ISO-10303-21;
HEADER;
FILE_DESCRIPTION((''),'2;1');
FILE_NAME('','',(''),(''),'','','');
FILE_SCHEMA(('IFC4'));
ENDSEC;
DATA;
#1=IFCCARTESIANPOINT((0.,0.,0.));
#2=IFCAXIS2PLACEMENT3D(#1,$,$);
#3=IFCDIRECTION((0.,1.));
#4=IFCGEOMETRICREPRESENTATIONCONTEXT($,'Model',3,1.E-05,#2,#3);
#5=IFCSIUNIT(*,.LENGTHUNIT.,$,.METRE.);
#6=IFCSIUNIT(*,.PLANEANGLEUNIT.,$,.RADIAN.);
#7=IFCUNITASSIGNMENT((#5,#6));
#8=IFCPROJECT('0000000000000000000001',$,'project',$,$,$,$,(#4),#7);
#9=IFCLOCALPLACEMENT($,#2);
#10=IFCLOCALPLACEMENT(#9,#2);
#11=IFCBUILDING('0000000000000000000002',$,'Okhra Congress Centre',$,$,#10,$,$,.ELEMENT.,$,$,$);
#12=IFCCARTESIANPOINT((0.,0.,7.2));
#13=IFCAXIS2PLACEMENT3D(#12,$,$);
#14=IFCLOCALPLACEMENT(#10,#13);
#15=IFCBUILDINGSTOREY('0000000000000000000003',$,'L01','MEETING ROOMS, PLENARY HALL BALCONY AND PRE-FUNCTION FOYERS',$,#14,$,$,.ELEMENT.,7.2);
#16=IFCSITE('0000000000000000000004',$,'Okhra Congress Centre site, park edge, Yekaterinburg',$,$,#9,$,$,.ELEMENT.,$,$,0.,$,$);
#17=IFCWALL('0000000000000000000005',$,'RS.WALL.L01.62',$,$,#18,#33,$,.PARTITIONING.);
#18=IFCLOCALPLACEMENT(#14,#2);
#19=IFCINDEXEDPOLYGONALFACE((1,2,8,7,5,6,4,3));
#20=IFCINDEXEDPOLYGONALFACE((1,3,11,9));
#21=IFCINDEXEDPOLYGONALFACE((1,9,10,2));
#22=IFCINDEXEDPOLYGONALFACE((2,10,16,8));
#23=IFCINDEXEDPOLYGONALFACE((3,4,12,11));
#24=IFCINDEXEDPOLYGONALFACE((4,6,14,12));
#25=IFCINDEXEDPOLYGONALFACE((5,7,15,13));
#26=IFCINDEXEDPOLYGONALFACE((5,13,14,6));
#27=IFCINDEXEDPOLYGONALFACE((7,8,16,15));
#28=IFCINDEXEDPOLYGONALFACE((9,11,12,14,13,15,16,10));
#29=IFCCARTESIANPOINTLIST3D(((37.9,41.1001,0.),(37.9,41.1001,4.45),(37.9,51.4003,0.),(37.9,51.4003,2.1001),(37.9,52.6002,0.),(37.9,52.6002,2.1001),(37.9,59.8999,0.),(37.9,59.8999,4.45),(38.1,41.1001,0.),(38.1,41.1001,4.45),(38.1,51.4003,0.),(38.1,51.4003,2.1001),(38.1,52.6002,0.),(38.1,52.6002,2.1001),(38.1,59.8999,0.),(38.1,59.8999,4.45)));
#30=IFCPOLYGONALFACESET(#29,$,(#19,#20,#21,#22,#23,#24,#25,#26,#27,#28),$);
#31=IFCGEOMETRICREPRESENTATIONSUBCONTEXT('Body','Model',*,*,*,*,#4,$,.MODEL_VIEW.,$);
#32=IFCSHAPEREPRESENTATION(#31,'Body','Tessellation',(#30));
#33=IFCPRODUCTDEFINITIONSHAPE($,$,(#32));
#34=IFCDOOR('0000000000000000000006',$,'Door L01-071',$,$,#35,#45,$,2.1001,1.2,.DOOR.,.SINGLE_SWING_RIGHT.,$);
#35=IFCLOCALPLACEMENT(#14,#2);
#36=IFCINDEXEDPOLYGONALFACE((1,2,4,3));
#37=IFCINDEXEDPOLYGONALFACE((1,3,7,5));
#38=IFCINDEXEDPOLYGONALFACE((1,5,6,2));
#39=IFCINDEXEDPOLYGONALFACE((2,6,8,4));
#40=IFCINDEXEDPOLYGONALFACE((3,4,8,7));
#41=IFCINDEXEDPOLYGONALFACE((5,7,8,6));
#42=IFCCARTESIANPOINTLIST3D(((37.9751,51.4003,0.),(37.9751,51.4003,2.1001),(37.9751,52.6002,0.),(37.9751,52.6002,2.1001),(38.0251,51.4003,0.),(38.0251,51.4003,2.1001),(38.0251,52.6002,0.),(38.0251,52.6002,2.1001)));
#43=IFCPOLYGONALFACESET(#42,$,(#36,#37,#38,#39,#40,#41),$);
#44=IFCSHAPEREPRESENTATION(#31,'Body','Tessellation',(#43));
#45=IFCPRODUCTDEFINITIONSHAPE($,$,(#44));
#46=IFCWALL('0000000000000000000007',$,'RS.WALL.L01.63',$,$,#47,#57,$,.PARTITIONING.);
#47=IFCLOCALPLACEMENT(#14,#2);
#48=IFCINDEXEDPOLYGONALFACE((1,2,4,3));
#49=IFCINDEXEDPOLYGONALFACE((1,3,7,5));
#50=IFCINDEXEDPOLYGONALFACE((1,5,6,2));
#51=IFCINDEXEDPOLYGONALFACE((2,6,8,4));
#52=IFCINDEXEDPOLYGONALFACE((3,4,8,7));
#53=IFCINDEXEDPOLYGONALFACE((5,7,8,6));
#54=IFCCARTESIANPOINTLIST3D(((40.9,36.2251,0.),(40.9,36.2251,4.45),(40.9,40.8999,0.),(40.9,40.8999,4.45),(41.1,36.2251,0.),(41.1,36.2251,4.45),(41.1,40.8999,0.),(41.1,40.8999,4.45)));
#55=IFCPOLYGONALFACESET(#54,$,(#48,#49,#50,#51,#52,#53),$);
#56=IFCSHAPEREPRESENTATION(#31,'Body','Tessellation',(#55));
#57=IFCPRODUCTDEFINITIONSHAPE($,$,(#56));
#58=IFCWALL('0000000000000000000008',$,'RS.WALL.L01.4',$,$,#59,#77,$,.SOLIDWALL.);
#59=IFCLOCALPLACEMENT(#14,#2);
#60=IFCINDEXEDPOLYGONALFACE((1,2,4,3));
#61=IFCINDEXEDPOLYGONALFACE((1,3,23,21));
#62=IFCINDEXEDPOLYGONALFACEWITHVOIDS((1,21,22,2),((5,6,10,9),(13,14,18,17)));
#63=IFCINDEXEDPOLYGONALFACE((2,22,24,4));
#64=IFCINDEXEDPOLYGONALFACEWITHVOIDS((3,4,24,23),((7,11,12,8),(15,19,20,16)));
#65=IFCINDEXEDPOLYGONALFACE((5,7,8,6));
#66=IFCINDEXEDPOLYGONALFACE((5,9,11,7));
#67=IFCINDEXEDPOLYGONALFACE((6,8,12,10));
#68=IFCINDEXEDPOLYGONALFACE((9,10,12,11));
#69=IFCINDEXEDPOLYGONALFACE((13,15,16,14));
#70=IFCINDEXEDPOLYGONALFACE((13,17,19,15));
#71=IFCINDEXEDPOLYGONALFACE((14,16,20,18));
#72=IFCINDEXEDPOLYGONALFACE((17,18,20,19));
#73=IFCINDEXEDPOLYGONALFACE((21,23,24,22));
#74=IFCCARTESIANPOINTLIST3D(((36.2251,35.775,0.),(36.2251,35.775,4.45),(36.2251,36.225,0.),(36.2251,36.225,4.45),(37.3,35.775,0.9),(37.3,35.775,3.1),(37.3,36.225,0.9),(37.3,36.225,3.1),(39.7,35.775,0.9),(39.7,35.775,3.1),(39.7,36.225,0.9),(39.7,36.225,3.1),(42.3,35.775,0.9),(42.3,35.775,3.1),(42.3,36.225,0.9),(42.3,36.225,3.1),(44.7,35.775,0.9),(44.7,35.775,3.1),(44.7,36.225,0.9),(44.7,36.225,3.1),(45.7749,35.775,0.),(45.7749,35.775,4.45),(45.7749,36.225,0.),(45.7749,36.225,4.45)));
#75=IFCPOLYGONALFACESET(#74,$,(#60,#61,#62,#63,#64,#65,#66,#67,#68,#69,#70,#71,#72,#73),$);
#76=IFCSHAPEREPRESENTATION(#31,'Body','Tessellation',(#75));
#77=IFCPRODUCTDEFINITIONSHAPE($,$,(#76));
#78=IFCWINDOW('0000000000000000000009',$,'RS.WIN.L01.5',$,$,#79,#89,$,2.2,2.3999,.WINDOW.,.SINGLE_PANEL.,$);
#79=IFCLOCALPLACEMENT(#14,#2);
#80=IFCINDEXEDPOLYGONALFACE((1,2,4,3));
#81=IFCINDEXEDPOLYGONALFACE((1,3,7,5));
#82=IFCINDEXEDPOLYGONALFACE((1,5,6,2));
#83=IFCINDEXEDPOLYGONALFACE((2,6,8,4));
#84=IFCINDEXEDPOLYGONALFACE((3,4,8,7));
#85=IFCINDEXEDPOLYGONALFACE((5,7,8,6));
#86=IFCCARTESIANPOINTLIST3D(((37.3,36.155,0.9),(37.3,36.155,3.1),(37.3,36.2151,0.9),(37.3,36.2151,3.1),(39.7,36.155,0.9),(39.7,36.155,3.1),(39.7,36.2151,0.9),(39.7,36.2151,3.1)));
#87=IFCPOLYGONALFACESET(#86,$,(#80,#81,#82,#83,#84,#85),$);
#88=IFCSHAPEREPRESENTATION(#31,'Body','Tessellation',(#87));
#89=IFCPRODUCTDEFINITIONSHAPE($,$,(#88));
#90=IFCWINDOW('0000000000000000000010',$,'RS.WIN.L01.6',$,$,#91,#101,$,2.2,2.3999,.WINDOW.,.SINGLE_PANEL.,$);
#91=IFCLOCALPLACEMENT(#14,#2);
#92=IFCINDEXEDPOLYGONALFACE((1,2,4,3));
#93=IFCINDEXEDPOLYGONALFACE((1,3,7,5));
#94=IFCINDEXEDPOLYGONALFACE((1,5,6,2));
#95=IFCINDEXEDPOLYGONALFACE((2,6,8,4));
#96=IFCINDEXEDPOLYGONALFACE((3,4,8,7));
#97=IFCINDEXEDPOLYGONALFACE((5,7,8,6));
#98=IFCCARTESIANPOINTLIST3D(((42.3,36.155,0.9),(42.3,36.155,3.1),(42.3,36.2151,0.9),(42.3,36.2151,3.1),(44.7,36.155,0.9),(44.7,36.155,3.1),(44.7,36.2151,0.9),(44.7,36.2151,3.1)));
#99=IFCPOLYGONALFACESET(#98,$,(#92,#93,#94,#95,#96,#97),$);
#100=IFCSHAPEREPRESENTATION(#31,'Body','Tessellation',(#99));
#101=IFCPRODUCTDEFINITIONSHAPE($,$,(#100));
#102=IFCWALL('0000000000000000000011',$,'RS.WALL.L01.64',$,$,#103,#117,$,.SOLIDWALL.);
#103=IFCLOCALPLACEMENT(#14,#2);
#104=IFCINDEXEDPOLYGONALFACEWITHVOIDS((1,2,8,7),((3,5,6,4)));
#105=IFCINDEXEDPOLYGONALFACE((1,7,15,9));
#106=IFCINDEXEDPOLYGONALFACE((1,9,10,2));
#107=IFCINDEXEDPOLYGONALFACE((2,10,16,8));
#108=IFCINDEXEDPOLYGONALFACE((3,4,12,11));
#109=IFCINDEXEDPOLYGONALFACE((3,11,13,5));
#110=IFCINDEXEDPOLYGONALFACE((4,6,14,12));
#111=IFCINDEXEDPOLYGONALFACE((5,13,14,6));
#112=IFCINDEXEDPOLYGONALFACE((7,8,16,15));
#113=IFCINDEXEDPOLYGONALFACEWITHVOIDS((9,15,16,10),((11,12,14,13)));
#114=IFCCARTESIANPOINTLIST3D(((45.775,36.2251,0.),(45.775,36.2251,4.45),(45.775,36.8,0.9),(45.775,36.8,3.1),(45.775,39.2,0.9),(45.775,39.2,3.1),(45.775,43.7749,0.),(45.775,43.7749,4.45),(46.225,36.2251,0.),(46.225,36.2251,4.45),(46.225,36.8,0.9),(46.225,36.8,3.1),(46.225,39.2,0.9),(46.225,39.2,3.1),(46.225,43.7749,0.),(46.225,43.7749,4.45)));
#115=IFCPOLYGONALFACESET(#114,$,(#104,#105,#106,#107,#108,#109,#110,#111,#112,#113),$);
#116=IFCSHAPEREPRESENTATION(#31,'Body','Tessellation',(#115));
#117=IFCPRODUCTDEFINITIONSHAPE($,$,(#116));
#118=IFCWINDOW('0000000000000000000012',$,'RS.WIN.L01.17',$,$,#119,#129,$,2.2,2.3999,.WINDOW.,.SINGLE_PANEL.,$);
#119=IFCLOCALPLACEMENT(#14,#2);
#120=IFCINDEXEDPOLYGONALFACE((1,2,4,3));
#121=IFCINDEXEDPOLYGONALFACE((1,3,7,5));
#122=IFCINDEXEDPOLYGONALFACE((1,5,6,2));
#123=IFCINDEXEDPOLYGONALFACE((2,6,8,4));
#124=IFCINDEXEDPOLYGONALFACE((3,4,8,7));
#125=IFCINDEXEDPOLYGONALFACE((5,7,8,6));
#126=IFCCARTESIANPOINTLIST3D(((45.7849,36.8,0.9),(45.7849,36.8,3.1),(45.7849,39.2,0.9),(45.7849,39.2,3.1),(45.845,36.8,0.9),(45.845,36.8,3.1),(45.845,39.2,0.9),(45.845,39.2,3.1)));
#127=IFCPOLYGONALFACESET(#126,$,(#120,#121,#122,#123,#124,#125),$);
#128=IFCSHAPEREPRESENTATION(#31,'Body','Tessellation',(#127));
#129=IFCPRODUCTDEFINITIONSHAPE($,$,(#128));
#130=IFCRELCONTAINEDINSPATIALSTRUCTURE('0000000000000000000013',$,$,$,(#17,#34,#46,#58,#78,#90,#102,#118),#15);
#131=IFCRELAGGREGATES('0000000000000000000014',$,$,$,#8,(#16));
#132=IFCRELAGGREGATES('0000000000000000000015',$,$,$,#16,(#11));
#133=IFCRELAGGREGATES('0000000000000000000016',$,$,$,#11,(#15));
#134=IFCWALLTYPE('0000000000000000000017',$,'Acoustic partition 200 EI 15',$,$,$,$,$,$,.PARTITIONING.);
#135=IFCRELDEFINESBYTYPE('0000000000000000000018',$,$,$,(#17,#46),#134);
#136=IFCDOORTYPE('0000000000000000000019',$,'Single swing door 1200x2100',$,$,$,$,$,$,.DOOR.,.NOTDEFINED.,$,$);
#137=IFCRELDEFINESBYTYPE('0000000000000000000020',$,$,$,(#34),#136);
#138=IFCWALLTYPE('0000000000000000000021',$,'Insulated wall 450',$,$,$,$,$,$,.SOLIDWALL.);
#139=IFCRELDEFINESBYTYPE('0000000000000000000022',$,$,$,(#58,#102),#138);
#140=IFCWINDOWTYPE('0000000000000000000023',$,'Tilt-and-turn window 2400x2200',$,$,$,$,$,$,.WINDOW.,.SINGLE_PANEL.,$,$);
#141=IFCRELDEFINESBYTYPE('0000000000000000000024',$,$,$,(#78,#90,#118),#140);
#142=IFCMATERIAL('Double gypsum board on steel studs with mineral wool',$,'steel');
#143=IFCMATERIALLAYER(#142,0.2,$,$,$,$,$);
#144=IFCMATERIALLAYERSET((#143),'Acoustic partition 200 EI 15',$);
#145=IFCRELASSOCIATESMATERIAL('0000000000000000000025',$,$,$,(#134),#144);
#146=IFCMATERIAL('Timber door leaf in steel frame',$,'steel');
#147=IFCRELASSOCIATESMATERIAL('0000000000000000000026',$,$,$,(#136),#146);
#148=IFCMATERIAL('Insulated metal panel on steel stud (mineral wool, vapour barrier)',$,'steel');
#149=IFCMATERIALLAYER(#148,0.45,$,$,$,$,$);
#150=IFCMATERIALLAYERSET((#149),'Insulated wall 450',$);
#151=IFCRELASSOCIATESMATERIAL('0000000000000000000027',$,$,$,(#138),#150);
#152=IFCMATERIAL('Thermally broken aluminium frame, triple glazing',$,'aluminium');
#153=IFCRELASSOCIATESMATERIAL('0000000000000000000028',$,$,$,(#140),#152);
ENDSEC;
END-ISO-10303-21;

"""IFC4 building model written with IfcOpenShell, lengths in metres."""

from ifc_helpers import new_model, si_unit, direction, frame, frame_2d, origin, place, context, subcontext, project, spatial, rectangle, extrude, material, layer, layer_set, type_object, element, fill, save


model = new_model("IFC4")

# Units and contexts
model_context = context("Model", 3, precision=1e-05, world=origin(), true_north=direction((0.0, 1.0)))
body_context = subcontext(model_context, "Body", "Model", "MODEL_VIEW")
ifc_project = project(units=[si_unit("LENGTHUNIT", "METRE"), si_unit("PLANEANGLEUNIT", "RADIAN")], contexts=[model_context])

# Site, building, storey
site_placement = place(None, origin())
site = spatial("IfcSite", under=ifc_project, at=site_placement, Name="Okhra Congress Centre site, park edge, Yekaterinburg", CompositionType="ELEMENT", RefElevation=0.0)
building_placement = place(site_placement, origin())
building = spatial("IfcBuilding", under=site, at=building_placement, Name="Okhra Congress Centre", CompositionType="ELEMENT")
storey_placement = place(building_placement, frame((0.0, 0.0, 7.2)))
storey = spatial("IfcBuildingStorey", under=building, at=storey_placement, Name="L01", Description="MEETING ROOMS, PLENARY HALL BALCONY AND PRE-FUNCTION FOYERS", CompositionType="ELEMENT", Elevation=7.2)

# Shared definitions
ifc_material_1 = material(Name="Double gypsum board on steel studs with mineral wool", Category="steel")
ifc_layer_1 = layer(ifc_material_1, 0.2)
ifc_layer_set_1 = layer_set([ifc_layer_1], Name="Acoustic partition 200 EI 15")
wall_type_1 = type_object("IfcWallType", Name="Acoustic partition 200 EI 15", PredefinedType="PARTITIONING", material=ifc_layer_set_1)
ifc_material_2 = material(Name="Timber door leaf in steel frame", Category="steel")

# Wall, opening, door
wall_1_placement = place(storey_placement, frame((38.0, 41.1001, 0.0), z_axis=(0.0, 0.0, 1.0), x_axis=(0.0, 1.0, 0.0)))
wall_1 = element("IfcWall", 1, at=wall_1_placement, inside=storey, type_object=wall_type_1, Name="RS.WALL.L01.62", PredefinedType="PARTITIONING", context=body_context, shape_type="SweptSolid", body=[
    extrude(rectangle(XDim=18.7998, YDim=0.2, at=frame_2d((9.3999, 0.0))), origin(), (0.0, 0.0, 1.0), 4.45),
])
opening_1_placement = place(wall_1_placement, frame((10.3, 0.0, 0.0)))
opening_1 = element("IfcOpeningElement", 2, at=opening_1_placement, cuts=wall_1, PredefinedType="OPENING", context=body_context, shape_type="SweptSolid", body=[
    extrude(rectangle(XDim=1.2, YDim=2.1001, at=frame_2d((0.6001, 1.05))), frame((0.0, 0.1099, 0.0), z_axis=(0.0, -1.0, 0.0), x_axis=(1.0, 0.0, 0.0)), (0.0, 0.0, 1.0), 0.22),
])
door_type_1 = type_object("IfcDoorType", Name="Single swing door 1200x2100", OperationType="NOTDEFINED", PredefinedType="DOOR", material=ifc_material_2)
door_1_placement = place(opening_1_placement, origin())
door_1 = element("IfcDoor", 3, at=door_1_placement, inside=storey, type_object=door_type_1, Name="Door L01-071", OperationType="SINGLE_SWING_RIGHT", OverallHeight=2.1001, OverallWidth=1.2, PredefinedType="DOOR", context=body_context, shape_type="SweptSolid", body=[
    extrude(rectangle(XDim=1.2, YDim=2.1001, at=frame_2d((0.6001, 1.05))), frame((0.0, 0.0249, 0.0), z_axis=(0.0, -1.0, 0.0), x_axis=(1.0, 0.0, 0.0)), (0.0, 0.0, 1.0), 0.05),
])
fill(opening_1, door_1)

# Wall
wall_2_placement = place(storey_placement, frame((41.0, 36.2251, 0.0), z_axis=(0.0, 0.0, 1.0), x_axis=(0.0, 1.0, 0.0)))
element("IfcWall", 4, at=wall_2_placement, inside=storey, type_object=wall_type_1, Name="RS.WALL.L01.63", PredefinedType="PARTITIONING", context=body_context, shape_type="SweptSolid", body=[
    extrude(rectangle(XDim=4.6748, YDim=0.2, at=frame_2d((2.3374, 0.0))), origin(), (0.0, 0.0, 1.0), 4.45),
])

# Wall, openings, windows
ifc_material_3 = material(Name="Insulated metal panel on steel stud (mineral wool, vapour barrier)", Category="steel")
ifc_layer_2 = layer(ifc_material_3, 0.45)
ifc_layer_set_2 = layer_set([ifc_layer_2], Name="Insulated wall 450")
wall_type_2 = type_object("IfcWallType", Name="Insulated wall 450", PredefinedType="SOLIDWALL", material=ifc_layer_set_2)
wall_3_placement = place(storey_placement, frame((36.2251, 36.0, 0.0), z_axis=(0.0, 0.0, 1.0), x_axis=(1.0, 0.0, 0.0)))
wall_3 = element("IfcWall", 5, at=wall_3_placement, inside=storey, type_object=wall_type_2, Name="RS.WALL.L01.4", PredefinedType="SOLIDWALL", context=body_context, shape_type="SweptSolid", body=[
    extrude(rectangle(XDim=9.5498, YDim=0.45, at=frame_2d((4.7749, 0.0))), origin(), (0.0, 0.0, 1.0), 4.45),
])
opening_2_placement = place(wall_3_placement, frame((1.075, 0.0, 0.8999)))
opening_2 = element("IfcOpeningElement", 6, at=opening_2_placement, cuts=wall_3, PredefinedType="OPENING", context=body_context, shape_type="SweptSolid", body=[
    extrude(rectangle(XDim=2.3999, YDim=2.2, at=frame_2d((1.2, 1.1001))), frame((0.0, 0.2349, 0.0), z_axis=(0.0, -1.0, 0.0), x_axis=(1.0, 0.0, 0.0)), (0.0, 0.0, 1.0), 0.47),
])
opening_3_placement = place(wall_3_placement, frame((6.075, 0.0, 0.8999)))
opening_3 = element("IfcOpeningElement", 7, at=opening_3_placement, cuts=wall_3, PredefinedType="OPENING", context=body_context, shape_type="SweptSolid", body=[
    extrude(rectangle(XDim=2.3999, YDim=2.2, at=frame_2d((1.2, 1.1001))), frame((0.0, 0.2349, 0.0), z_axis=(0.0, -1.0, 0.0), x_axis=(1.0, 0.0, 0.0)), (0.0, 0.0, 1.0), 0.47),
])
ifc_material_4 = material(Name="Thermally broken aluminium frame, triple glazing", Category="aluminium")
window_type = type_object("IfcWindowType", Name="Tilt-and-turn window 2400x2200", PartitioningType="SINGLE_PANEL", PredefinedType="WINDOW", material=ifc_material_4)
window_1_placement = place(opening_2_placement, origin())
window_1 = element("IfcWindow", 8, at=window_1_placement, inside=storey, type_object=window_type, Name="RS.WIN.L01.5", OverallHeight=2.2, OverallWidth=2.3999, PartitioningType="SINGLE_PANEL", PredefinedType="WINDOW", context=body_context, shape_type="SweptSolid", body=[
    extrude(rectangle(XDim=2.3999, YDim=2.2, at=frame_2d((1.2, 1.1001))), frame((0.0, 0.2151, 0.0), z_axis=(0.0, -1.0, 0.0), x_axis=(1.0, 0.0, 0.0)), (0.0, 0.0, 1.0), 0.0601),
])
fill(opening_2, window_1)
window_2_placement = place(opening_3_placement, origin())
window_2 = element("IfcWindow", 9, at=window_2_placement, inside=storey, type_object=window_type, Name="RS.WIN.L01.6", OverallHeight=2.2, OverallWidth=2.3999, PartitioningType="SINGLE_PANEL", PredefinedType="WINDOW", context=body_context, shape_type="SweptSolid", body=[
    extrude(rectangle(XDim=2.3999, YDim=2.2, at=frame_2d((1.2, 1.1001))), frame((0.0, 0.2151, 0.0), z_axis=(0.0, -1.0, 0.0), x_axis=(1.0, 0.0, 0.0)), (0.0, 0.0, 1.0), 0.0601),
])
fill(opening_3, window_2)

# Wall, opening, window
wall_4_placement = place(storey_placement, frame((46.0, 36.2251, 0.0), z_axis=(0.0, 0.0, 1.0), x_axis=(0.0, 1.0, 0.0)))
wall_4 = element("IfcWall", 10, at=wall_4_placement, inside=storey, type_object=wall_type_2, Name="RS.WALL.L01.64", PredefinedType="SOLIDWALL", context=body_context, shape_type="SweptSolid", body=[
    extrude(rectangle(XDim=7.5498, YDim=0.45, at=frame_2d((3.7749, 0.0))), origin(), (0.0, 0.0, 1.0), 4.45),
])
opening_4_placement = place(wall_4_placement, frame((0.575, 0.0, 0.8999)))
opening_4 = element("IfcOpeningElement", 11, at=opening_4_placement, cuts=wall_4, PredefinedType="OPENING", context=body_context, shape_type="SweptSolid", body=[
    extrude(rectangle(XDim=2.3999, YDim=2.2, at=frame_2d((1.2, 1.1001))), frame((0.0, 0.2349, 0.0), z_axis=(0.0, -1.0, 0.0), x_axis=(1.0, 0.0, 0.0)), (0.0, 0.0, 1.0), 0.47),
])
window_3_placement = place(opening_4_placement, origin())
window_3 = element("IfcWindow", 12, at=window_3_placement, inside=storey, type_object=window_type, Name="RS.WIN.L01.17", OverallHeight=2.2, OverallWidth=2.3999, PartitioningType="SINGLE_PANEL", PredefinedType="WINDOW", context=body_context, shape_type="SweptSolid", body=[
    extrude(rectangle(XDim=2.3999, YDim=2.2, at=frame_2d((1.2, 1.1001))), frame((0.0, 0.2151, 0.0), z_axis=(0.0, -1.0, 0.0), x_axis=(1.0, 0.0, 0.0)), (0.0, 0.0, 1.0), 0.0601),
])
fill(opening_4, window_3)

save(model, "model.ifc")
